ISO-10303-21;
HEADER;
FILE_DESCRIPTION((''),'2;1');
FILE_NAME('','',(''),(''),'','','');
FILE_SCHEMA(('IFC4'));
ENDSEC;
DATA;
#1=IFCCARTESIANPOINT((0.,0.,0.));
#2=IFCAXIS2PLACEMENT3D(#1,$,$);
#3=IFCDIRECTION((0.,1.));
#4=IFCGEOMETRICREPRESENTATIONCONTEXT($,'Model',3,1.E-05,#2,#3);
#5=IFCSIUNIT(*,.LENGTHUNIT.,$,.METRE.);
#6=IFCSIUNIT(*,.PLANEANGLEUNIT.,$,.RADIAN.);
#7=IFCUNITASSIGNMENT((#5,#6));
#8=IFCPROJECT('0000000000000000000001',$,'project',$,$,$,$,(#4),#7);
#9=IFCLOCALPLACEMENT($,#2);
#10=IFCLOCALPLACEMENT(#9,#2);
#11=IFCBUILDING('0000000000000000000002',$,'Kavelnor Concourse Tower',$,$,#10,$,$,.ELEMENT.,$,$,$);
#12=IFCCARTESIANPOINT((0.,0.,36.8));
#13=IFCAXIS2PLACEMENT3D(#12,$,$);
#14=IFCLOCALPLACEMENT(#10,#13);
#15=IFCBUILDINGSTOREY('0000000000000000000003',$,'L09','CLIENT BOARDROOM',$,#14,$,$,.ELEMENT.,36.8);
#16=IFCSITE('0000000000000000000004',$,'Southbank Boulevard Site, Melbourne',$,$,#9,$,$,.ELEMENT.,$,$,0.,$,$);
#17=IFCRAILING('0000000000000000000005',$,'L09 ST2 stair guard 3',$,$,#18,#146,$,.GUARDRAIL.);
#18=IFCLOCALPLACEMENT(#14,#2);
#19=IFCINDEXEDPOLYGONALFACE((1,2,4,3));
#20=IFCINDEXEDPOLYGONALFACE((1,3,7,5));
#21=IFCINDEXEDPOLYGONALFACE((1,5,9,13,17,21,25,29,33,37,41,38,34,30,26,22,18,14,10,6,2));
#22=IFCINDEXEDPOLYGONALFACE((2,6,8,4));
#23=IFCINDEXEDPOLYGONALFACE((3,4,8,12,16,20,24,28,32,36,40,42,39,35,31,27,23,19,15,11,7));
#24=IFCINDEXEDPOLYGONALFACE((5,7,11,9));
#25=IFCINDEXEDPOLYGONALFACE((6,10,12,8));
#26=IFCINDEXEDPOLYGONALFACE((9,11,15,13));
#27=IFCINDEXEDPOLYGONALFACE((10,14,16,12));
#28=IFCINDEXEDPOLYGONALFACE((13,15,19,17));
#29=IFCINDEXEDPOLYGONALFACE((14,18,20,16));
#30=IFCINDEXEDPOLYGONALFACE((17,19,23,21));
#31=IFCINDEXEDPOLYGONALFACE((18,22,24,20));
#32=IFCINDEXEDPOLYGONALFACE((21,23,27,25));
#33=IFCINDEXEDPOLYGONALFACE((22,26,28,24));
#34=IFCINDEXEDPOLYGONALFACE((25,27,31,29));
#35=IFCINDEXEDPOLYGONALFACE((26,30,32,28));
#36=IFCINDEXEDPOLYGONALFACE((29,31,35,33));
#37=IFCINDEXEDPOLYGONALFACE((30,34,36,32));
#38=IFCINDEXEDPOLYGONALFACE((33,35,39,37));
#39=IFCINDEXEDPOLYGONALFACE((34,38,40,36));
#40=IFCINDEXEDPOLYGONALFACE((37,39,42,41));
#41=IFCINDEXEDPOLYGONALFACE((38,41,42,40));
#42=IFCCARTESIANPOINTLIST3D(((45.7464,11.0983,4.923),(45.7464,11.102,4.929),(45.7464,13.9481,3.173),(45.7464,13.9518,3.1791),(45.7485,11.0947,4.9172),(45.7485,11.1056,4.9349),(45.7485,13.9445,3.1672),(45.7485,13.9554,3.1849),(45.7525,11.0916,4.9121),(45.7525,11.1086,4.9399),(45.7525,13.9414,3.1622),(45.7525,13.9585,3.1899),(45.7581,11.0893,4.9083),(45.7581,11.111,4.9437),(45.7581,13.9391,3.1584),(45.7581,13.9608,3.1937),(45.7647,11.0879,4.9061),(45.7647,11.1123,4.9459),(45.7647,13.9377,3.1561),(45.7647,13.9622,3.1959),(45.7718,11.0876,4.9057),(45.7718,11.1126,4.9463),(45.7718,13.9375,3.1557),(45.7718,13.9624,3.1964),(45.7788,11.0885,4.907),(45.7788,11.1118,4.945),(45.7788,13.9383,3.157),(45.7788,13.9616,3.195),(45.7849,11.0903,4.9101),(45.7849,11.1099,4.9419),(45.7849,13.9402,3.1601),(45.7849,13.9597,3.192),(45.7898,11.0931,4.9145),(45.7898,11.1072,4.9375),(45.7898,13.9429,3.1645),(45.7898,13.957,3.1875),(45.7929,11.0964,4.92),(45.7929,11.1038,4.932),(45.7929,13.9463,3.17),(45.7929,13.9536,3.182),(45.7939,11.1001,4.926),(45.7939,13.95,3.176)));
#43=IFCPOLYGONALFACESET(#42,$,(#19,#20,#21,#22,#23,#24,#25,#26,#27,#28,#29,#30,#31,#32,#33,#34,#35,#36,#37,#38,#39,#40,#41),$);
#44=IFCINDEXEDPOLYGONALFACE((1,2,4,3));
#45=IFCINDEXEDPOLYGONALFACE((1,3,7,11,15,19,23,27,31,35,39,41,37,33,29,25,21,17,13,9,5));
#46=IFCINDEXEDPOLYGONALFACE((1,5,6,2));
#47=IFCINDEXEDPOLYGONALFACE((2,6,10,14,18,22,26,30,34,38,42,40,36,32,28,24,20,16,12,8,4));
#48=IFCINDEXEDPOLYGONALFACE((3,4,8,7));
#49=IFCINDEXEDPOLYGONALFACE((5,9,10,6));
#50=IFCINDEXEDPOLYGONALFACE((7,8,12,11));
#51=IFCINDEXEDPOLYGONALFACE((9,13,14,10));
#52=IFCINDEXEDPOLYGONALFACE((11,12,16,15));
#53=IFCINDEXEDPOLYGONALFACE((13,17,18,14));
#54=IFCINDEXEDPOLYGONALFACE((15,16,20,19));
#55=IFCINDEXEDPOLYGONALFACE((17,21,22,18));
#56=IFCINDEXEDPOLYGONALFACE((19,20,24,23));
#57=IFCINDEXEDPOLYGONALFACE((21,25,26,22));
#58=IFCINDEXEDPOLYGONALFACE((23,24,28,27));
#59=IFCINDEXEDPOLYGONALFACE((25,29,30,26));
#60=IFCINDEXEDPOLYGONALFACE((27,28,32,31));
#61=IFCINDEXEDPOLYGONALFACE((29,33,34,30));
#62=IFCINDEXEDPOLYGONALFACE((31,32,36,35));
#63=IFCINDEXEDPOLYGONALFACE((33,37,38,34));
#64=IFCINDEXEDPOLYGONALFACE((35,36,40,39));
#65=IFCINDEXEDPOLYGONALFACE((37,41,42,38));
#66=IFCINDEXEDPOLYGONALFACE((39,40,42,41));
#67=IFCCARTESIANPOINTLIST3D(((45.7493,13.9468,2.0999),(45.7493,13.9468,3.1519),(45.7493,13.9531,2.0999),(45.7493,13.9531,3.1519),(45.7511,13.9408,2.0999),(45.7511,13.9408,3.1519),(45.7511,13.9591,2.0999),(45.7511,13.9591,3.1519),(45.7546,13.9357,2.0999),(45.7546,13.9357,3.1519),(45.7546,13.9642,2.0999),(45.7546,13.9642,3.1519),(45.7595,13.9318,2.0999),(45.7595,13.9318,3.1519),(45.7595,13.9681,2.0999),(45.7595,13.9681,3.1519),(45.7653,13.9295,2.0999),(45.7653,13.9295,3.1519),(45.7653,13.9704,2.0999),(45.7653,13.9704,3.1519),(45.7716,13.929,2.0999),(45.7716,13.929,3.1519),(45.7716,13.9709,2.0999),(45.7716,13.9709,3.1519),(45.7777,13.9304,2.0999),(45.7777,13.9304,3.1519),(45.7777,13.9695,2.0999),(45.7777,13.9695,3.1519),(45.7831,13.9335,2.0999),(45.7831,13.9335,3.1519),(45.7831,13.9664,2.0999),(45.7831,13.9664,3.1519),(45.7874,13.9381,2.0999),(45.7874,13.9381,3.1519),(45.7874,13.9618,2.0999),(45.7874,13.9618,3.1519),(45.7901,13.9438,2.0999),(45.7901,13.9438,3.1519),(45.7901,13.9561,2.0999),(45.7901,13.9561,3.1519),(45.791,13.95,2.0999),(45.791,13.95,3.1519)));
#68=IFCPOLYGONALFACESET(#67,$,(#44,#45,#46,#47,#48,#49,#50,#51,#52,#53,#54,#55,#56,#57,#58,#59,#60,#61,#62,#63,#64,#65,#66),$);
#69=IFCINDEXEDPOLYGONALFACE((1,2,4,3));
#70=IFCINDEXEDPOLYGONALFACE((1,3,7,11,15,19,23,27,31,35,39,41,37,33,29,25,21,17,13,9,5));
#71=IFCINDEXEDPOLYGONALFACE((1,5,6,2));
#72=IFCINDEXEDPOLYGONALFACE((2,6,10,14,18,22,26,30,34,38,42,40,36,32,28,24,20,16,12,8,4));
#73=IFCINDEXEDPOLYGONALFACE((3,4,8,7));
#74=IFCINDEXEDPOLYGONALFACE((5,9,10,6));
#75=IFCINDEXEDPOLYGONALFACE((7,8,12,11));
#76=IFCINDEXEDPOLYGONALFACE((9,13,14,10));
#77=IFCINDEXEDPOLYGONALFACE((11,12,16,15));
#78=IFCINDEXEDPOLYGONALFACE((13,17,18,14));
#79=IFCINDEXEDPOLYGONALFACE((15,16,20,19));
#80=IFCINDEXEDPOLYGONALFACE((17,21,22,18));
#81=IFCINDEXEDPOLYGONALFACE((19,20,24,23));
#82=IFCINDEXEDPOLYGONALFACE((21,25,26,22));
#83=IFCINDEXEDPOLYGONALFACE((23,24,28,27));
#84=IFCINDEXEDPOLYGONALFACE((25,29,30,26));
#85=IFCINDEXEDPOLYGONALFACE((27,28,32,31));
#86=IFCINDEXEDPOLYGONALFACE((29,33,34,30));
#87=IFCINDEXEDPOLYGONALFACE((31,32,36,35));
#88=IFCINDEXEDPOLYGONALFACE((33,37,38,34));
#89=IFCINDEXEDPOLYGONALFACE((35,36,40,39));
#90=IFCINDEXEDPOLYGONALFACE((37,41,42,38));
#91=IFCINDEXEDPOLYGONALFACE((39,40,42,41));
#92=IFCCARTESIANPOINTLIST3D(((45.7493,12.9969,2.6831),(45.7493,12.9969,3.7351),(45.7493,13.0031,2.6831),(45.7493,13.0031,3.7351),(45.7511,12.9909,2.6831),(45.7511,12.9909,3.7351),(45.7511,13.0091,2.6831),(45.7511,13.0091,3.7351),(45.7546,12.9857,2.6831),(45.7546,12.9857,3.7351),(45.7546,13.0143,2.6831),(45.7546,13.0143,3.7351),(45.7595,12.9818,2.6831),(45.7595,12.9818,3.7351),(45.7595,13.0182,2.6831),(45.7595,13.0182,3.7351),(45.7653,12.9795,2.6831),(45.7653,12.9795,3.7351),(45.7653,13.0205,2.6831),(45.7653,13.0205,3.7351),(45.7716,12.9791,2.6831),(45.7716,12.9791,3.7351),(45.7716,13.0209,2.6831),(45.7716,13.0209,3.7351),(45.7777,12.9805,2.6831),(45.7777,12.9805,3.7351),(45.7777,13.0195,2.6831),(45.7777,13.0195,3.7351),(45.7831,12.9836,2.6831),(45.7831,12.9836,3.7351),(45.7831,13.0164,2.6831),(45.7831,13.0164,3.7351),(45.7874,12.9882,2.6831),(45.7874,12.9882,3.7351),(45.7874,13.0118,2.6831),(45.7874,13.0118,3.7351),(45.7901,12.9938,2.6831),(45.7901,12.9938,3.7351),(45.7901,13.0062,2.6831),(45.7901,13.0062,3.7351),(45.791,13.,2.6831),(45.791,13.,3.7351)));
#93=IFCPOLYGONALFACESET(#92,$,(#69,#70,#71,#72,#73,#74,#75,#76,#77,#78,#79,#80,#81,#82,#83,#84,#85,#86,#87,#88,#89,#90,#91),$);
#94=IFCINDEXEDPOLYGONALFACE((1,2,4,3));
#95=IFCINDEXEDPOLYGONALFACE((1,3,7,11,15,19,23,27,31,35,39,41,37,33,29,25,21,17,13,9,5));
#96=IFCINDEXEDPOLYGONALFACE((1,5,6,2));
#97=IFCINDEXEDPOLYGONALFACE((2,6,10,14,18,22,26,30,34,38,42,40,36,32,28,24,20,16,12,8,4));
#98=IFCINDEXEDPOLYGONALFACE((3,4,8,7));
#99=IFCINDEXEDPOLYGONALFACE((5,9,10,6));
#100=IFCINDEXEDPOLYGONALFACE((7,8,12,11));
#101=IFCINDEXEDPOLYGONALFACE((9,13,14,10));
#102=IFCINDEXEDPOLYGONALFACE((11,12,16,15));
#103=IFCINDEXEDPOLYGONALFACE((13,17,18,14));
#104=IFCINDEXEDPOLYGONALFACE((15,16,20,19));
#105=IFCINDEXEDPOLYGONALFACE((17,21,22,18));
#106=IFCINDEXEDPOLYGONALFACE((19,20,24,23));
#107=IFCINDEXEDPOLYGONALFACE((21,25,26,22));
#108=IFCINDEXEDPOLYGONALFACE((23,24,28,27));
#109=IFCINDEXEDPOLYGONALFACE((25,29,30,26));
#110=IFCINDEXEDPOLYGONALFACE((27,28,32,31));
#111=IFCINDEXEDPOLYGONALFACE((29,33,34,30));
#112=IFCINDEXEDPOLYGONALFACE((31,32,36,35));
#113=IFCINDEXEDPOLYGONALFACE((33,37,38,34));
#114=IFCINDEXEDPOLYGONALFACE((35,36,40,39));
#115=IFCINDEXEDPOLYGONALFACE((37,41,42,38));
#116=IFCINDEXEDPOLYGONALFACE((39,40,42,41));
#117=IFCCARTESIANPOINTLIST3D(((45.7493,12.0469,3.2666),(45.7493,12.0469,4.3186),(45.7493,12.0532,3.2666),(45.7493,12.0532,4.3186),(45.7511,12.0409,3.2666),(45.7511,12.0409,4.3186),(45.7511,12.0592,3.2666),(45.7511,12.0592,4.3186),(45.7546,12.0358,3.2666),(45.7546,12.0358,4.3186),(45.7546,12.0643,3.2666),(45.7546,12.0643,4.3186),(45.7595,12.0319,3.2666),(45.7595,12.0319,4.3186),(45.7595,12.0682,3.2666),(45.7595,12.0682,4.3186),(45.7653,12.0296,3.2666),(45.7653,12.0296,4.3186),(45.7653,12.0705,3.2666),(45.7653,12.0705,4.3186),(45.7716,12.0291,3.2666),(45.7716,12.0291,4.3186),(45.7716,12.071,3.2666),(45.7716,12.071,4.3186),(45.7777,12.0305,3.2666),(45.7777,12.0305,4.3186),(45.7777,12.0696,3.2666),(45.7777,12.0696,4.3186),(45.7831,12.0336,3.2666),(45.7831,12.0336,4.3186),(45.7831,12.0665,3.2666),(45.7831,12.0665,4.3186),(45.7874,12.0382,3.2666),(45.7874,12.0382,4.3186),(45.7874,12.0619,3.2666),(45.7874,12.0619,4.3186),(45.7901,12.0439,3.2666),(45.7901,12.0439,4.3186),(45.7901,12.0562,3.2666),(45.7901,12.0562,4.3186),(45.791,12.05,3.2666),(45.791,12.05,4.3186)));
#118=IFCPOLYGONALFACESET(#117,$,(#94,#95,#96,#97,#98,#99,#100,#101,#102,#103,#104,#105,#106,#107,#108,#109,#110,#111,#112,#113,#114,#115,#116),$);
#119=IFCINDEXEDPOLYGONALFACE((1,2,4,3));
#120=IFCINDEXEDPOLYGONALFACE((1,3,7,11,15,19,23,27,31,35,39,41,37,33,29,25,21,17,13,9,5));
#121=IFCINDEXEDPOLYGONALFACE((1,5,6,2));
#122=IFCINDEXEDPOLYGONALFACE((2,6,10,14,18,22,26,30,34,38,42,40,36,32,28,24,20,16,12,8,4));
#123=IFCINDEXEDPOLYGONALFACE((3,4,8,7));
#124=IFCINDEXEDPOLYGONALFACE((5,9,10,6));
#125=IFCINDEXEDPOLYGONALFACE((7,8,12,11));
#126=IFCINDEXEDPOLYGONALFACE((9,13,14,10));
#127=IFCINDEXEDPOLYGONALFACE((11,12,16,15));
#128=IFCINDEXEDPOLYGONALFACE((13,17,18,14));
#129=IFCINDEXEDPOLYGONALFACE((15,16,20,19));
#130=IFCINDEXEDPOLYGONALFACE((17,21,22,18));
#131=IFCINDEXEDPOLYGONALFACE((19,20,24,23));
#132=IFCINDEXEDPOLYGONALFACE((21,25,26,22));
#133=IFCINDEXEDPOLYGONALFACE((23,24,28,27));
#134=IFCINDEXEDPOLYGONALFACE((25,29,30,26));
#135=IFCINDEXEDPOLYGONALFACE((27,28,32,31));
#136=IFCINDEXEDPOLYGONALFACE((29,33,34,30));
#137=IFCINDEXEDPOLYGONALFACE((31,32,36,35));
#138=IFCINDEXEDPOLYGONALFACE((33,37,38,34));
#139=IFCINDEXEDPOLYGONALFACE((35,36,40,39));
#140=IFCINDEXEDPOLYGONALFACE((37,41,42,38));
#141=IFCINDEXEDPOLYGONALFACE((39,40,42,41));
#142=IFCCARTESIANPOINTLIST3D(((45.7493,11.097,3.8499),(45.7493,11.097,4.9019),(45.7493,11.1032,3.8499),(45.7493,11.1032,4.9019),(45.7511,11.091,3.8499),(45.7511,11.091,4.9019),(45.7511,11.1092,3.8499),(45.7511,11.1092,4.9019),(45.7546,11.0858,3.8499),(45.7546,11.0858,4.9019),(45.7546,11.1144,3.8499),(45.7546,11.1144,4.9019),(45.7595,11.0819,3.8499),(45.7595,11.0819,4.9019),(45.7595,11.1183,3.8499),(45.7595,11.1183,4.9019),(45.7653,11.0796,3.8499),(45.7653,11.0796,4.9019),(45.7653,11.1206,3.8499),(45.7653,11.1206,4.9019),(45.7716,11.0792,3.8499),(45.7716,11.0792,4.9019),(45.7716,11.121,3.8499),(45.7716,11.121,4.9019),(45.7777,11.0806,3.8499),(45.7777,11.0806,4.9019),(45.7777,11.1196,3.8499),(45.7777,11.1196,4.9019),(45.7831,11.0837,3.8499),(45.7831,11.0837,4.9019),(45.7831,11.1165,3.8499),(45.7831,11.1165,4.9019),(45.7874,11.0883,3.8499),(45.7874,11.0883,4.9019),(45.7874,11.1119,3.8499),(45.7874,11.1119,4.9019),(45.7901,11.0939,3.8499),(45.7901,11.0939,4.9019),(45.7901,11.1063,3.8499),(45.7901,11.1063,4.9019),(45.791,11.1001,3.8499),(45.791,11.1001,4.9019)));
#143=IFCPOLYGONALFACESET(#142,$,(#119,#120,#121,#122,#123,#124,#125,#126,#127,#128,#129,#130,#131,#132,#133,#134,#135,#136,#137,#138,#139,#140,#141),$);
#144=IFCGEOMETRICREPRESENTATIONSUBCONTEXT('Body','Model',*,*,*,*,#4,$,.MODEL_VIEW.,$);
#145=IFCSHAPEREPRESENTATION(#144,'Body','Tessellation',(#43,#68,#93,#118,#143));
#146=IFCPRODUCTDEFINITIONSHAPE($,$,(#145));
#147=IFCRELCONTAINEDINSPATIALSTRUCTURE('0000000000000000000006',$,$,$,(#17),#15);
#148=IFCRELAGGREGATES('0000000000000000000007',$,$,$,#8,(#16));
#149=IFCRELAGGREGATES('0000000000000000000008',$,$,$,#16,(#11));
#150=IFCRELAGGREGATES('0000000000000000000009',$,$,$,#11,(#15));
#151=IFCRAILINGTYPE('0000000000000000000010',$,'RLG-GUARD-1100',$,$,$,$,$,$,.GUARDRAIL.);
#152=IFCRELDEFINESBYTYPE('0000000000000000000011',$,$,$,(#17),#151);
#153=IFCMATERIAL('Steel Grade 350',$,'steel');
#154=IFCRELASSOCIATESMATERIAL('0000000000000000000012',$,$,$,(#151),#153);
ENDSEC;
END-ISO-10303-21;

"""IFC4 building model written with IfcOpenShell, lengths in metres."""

from ifc_helpers import new_model, si_unit, direction, frame, origin, origin_2d, place, context, subcontext, project, spatial, circle, extrude, material, type_object, element, save


model = new_model("IFC4")

# Units and contexts
model_context = context("Model", 3, precision=1e-05, world=origin(), true_north=direction((0.0, 1.0)))
body_context = subcontext(model_context, "Body", "Model", "MODEL_VIEW")
ifc_project = project(units=[si_unit("LENGTHUNIT", "METRE"), si_unit("PLANEANGLEUNIT", "RADIAN")], contexts=[model_context])

# Site, building, storey
site_placement = place(None, origin())
site = spatial("IfcSite", under=ifc_project, at=site_placement, Name="Southbank Boulevard Site, Melbourne", CompositionType="ELEMENT", RefElevation=0.0)
building_placement = place(site_placement, origin())
building = spatial("IfcBuilding", under=site, at=building_placement, Name="Kavelnor Concourse Tower", CompositionType="ELEMENT")
storey_placement = place(building_placement, frame((0.0, 0.0, 36.8)))
storey = spatial("IfcBuildingStorey", under=building, at=storey_placement, Name="L09", Description="CLIENT BOARDROOM", CompositionType="ELEMENT", Elevation=36.8)

# Shared definitions
ifc_material_1 = material(Name="Steel Grade 350", Category="steel")

# Railing
railing_type_1 = type_object("IfcRailingType", Name="RLG-GUARD-1100", PredefinedType="GUARDRAIL", material=ifc_material_1)
railing_1_placement = place(storey_placement, frame((45.77, 13.95, 2.0999)))
element("IfcRailing", 1, at=railing_1_placement, inside=storey, type_object=railing_type_1, Name="L09 ST2 stair guard 3", PredefinedType="GUARDRAIL", context=body_context, shape_type="SweptSolid", body=[
    extrude(circle(Radius=0.0239, at=origin_2d()), frame((0.0, 0.0, 1.0762), z_axis=(0.0, -0.852159, 0.523283), x_axis=(1.0, 0.0, 0.0)), (0.0, 0.0, 1.0), 3.3442),
    extrude(circle(Radius=0.021, at=origin_2d()), origin(), (0.0, 0.0, 1.0), 1.052),
    extrude(circle(Radius=0.021, at=origin_2d()), frame((0.0, -0.95, 0.5833)), (0.0, 0.0, 1.0), 1.052),
    extrude(circle(Radius=0.021, at=origin_2d()), frame((0.0, -1.8999, 1.1667)), (0.0, 0.0, 1.0), 1.052),
    extrude(circle(Radius=0.021, at=origin_2d()), frame((0.0, -2.8499, 1.75)), (0.0, 0.0, 1.0), 1.052),
])

save(model, "model.ifc")
